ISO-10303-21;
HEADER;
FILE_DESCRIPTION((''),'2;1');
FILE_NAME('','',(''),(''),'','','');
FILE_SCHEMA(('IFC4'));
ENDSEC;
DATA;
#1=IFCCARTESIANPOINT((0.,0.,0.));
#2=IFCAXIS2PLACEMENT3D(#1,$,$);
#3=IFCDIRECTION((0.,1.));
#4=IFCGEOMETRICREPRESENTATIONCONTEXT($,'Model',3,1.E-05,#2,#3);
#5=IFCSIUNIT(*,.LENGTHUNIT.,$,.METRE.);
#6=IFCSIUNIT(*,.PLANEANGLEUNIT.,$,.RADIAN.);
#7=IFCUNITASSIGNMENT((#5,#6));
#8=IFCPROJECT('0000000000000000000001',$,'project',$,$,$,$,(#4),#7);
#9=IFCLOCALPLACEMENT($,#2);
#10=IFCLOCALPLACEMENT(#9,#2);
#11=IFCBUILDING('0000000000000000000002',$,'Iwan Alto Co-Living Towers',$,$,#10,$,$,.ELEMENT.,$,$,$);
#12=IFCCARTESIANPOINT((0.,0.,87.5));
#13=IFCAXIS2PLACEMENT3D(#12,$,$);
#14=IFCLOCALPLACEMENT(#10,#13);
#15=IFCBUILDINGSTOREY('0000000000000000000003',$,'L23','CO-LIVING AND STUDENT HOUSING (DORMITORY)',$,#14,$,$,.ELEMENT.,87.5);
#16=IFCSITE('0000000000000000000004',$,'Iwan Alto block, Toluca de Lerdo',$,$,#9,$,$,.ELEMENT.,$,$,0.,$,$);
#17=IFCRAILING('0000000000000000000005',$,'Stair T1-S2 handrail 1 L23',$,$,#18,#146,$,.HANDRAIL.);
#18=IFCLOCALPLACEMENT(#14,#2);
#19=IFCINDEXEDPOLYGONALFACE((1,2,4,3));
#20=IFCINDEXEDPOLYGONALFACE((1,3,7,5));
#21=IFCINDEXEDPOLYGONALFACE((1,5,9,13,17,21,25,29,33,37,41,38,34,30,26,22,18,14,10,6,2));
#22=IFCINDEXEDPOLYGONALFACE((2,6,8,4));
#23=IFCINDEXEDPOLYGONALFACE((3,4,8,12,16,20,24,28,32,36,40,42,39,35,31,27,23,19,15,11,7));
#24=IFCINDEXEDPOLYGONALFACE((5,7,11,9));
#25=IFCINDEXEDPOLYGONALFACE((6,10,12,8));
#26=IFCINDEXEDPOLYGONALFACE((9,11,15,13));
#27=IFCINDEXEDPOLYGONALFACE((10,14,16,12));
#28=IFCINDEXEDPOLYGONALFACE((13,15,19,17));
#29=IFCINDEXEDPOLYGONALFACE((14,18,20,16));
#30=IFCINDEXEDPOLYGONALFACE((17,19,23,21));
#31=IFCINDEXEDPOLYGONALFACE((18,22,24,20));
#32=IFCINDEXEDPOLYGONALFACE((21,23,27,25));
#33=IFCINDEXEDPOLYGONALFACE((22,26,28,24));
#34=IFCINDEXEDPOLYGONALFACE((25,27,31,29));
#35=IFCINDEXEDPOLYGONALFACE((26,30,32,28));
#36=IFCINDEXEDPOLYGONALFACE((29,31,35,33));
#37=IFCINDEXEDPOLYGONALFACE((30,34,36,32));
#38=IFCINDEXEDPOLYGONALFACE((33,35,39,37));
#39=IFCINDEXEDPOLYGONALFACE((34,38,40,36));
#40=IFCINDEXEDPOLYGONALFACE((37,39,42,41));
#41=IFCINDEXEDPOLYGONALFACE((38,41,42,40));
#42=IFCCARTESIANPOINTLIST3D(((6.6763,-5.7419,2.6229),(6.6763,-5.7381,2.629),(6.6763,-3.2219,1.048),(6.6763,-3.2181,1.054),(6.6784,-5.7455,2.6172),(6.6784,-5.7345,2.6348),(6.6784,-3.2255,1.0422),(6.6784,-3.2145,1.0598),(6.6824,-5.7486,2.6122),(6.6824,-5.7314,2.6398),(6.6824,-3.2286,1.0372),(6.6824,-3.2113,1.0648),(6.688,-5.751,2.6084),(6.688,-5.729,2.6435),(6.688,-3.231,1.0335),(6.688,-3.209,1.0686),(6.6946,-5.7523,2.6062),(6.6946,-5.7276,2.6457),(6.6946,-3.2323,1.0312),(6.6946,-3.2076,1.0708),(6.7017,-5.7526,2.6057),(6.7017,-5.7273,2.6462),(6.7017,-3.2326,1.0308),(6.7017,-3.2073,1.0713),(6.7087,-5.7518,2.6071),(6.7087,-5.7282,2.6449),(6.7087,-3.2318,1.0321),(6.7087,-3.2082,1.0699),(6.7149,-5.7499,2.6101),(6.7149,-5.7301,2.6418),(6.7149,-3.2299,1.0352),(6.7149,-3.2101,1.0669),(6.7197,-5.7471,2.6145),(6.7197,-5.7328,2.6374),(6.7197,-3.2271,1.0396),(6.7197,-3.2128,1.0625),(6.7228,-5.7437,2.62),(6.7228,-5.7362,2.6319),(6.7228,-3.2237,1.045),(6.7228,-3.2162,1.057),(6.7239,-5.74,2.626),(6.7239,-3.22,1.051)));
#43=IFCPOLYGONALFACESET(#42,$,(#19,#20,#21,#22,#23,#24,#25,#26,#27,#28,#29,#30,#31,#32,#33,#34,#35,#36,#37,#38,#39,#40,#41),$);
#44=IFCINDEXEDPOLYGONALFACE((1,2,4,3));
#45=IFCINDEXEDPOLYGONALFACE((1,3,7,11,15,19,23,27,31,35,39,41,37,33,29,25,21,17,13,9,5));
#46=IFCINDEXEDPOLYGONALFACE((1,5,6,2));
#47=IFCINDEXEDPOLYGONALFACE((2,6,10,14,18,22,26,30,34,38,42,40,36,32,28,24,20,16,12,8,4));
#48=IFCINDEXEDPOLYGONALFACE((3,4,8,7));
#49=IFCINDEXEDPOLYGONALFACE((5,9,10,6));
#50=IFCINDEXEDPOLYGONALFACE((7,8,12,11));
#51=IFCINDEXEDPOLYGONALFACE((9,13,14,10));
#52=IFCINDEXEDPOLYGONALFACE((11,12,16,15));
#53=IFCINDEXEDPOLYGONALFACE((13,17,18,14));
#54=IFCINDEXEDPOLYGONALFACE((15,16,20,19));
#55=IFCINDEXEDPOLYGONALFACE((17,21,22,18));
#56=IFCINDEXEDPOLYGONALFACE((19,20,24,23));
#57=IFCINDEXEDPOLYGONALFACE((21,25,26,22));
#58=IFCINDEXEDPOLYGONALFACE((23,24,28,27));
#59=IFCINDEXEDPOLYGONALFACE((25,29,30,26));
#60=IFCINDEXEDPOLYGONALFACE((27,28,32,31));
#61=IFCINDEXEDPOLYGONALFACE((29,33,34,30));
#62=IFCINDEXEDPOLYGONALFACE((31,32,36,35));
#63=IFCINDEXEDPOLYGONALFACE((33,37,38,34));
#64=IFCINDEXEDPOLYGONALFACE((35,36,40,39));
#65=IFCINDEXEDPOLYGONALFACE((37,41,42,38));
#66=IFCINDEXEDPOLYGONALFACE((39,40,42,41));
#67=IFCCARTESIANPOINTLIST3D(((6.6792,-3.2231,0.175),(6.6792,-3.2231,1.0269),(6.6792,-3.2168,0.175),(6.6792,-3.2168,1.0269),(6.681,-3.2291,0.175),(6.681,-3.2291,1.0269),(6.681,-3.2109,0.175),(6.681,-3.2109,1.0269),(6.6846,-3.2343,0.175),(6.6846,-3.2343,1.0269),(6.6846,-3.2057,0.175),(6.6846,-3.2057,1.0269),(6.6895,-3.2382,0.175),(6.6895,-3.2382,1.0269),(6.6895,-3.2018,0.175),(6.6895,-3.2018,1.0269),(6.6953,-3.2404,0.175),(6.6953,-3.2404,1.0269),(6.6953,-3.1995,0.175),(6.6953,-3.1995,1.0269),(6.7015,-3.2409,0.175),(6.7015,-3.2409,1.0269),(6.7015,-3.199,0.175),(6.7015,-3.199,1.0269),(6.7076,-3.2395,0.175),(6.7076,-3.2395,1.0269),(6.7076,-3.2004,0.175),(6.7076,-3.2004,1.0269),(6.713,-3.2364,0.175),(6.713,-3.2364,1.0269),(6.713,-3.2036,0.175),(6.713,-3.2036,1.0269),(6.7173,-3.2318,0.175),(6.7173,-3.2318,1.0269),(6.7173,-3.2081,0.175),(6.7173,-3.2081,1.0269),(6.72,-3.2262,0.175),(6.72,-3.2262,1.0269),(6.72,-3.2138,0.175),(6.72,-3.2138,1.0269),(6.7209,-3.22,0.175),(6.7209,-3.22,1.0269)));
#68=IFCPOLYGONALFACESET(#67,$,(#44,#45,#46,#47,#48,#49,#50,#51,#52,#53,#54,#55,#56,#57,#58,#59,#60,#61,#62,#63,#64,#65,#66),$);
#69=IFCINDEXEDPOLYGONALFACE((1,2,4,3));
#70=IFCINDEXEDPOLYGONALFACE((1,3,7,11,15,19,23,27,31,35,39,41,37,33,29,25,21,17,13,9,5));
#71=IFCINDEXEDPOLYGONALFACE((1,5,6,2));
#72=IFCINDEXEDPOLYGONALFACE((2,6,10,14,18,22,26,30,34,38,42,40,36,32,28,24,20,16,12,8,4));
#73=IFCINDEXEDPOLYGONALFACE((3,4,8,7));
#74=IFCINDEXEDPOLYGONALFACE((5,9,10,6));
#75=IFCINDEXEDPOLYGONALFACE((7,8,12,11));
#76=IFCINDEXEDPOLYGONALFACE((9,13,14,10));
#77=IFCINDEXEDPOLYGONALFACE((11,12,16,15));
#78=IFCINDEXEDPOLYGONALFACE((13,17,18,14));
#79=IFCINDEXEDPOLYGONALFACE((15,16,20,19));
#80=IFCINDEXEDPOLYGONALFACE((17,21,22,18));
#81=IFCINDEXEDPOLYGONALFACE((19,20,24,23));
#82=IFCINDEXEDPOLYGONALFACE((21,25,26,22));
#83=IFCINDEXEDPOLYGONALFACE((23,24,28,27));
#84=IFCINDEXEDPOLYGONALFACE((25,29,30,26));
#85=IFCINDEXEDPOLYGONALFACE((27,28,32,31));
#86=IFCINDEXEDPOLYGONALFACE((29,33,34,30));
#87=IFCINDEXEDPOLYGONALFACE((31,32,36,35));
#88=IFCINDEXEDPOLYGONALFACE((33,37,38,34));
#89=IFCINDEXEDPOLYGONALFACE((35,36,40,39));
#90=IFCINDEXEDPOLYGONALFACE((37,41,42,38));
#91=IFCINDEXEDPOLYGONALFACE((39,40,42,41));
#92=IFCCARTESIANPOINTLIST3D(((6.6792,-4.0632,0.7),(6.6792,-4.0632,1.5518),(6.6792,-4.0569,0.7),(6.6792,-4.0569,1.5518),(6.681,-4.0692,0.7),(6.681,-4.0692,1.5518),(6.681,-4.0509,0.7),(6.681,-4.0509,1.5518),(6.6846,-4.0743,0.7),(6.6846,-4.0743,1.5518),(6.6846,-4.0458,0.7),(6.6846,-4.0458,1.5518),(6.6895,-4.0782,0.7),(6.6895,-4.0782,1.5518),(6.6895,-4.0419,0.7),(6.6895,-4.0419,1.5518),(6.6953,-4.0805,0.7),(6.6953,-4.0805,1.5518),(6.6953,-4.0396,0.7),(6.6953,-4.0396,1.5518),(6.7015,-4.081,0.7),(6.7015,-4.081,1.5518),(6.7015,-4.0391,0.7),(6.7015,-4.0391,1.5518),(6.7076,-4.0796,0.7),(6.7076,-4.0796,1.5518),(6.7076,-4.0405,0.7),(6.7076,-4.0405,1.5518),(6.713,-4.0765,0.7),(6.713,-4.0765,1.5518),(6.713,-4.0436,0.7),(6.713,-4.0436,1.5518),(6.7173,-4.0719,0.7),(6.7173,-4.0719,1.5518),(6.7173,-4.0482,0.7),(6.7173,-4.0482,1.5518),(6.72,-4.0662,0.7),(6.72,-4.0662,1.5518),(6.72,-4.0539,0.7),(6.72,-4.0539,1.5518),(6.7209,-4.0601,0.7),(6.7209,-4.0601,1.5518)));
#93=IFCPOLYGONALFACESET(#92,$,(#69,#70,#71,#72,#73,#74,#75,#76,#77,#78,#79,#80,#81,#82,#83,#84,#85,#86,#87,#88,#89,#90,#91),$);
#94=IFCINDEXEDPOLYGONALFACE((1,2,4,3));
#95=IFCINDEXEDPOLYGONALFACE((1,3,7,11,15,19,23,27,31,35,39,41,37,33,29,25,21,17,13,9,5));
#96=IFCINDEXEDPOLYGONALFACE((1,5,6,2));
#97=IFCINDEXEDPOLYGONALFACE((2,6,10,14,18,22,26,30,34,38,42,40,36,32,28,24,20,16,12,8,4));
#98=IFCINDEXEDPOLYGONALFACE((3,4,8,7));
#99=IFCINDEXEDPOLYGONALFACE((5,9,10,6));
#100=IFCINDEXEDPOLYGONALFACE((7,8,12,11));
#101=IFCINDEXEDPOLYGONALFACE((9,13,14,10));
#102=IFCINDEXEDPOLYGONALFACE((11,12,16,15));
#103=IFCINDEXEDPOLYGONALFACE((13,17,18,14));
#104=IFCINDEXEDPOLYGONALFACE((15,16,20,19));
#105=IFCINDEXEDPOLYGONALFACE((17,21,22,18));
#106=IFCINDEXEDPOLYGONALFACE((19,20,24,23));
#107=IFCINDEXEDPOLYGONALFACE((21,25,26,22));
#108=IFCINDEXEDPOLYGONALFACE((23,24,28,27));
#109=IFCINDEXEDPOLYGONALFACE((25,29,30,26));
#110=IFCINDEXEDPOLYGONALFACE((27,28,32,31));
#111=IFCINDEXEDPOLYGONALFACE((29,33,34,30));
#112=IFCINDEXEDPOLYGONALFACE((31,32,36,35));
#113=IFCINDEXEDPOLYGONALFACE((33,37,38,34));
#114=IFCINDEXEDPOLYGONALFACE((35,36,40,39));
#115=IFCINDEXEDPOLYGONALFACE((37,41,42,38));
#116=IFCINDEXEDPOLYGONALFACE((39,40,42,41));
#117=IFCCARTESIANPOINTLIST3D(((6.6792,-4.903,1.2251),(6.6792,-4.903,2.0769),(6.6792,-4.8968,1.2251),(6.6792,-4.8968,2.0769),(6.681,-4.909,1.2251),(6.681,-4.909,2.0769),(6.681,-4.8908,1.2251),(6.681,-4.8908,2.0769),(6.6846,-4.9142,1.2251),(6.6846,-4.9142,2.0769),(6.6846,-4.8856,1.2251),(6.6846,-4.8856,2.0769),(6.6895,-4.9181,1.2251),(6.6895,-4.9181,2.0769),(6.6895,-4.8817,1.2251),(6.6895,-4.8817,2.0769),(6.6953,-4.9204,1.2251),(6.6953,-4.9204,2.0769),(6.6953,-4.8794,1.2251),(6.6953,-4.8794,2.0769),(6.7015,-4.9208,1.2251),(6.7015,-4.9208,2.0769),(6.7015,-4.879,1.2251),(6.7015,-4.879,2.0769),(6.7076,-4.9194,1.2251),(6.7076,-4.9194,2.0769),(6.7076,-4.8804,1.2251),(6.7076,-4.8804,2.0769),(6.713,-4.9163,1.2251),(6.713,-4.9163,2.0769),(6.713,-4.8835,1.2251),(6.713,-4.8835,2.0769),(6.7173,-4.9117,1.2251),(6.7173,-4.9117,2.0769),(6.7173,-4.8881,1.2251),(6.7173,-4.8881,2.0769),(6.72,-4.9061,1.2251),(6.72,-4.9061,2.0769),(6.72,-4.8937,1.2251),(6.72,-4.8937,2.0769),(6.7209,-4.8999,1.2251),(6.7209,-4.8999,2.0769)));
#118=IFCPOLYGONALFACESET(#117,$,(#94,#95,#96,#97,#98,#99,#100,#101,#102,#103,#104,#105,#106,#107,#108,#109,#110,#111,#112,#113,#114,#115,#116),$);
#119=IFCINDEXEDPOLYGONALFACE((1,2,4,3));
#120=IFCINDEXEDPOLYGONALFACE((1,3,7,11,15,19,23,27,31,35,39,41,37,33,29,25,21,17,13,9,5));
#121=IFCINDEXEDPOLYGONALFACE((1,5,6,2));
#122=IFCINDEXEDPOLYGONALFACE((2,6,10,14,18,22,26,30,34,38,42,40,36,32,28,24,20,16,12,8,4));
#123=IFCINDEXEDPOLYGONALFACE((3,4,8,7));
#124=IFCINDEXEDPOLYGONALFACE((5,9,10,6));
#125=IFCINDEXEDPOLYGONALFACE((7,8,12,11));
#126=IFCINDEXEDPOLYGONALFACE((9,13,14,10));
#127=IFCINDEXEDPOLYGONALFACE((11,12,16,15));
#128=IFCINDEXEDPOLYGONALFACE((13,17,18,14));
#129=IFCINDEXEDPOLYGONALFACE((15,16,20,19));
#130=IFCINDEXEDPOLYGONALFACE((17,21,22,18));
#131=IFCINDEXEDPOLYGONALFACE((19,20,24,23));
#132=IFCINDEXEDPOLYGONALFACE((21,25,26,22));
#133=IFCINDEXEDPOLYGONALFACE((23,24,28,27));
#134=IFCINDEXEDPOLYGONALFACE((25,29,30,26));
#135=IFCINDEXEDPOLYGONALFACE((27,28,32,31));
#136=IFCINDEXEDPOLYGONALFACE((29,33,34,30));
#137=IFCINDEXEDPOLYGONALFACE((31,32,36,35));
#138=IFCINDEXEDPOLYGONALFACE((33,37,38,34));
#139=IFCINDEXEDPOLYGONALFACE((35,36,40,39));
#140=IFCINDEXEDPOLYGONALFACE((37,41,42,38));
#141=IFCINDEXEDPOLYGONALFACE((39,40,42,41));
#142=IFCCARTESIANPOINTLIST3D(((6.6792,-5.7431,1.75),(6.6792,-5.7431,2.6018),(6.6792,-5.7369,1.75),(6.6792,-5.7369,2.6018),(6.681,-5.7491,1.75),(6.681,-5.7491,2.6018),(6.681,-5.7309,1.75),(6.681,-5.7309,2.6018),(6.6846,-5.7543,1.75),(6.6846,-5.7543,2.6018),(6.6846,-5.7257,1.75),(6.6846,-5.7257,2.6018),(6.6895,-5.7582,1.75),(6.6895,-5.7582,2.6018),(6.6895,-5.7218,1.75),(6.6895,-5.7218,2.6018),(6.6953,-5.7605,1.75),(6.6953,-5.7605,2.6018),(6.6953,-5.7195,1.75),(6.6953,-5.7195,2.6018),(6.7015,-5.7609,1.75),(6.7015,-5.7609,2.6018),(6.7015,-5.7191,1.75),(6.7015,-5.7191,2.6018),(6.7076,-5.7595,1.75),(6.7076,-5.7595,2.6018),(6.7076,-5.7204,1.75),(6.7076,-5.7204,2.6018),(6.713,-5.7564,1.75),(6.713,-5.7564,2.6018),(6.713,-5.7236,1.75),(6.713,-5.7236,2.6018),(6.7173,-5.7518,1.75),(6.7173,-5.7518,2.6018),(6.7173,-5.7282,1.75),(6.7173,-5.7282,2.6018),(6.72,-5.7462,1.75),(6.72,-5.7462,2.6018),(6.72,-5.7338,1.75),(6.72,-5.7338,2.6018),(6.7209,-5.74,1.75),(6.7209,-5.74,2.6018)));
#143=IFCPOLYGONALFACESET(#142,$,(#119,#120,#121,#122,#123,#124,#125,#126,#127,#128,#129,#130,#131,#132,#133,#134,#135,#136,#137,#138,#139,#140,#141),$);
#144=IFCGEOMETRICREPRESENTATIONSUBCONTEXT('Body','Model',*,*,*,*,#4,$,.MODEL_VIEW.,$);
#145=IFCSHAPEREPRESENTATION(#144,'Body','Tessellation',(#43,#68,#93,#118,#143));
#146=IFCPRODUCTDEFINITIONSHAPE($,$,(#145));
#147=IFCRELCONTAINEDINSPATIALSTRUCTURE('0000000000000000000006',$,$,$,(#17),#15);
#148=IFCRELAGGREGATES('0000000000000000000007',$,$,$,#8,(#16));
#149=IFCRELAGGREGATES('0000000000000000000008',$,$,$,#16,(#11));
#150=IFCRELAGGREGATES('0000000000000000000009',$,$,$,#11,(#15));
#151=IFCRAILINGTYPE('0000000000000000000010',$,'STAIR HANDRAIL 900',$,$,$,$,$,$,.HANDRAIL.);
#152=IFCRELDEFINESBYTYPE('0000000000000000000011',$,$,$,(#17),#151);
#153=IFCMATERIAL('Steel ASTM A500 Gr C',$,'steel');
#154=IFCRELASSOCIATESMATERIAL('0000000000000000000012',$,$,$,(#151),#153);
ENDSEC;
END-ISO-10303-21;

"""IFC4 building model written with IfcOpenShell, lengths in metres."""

from ifc_helpers import new_model, si_unit, direction, frame, origin, origin_2d, place, context, subcontext, project, spatial, circle, extrude, material, type_object, element, save


model = new_model("IFC4")

# Units and contexts
model_context = context("Model", 3, precision=1e-05, world=origin(), true_north=direction((0.0, 1.0)))
body_context = subcontext(model_context, "Body", "Model", "MODEL_VIEW")
ifc_project = project(units=[si_unit("LENGTHUNIT", "METRE"), si_unit("PLANEANGLEUNIT", "RADIAN")], contexts=[model_context])

# Site, building, storey
site_placement = place(None, origin())
site = spatial("IfcSite", under=ifc_project, at=site_placement, Name="Iwan Alto block, Toluca de Lerdo", CompositionType="ELEMENT", RefElevation=0.0)
building_placement = place(site_placement, origin())
building = spatial("IfcBuilding", under=site, at=building_placement, Name="Iwan Alto Co-Living Towers", CompositionType="ELEMENT")
storey_placement = place(building_placement, frame((0.0, 0.0, 87.5)))
storey = spatial("IfcBuildingStorey", under=building, at=storey_placement, Name="L23", Description="CO-LIVING AND STUDENT HOUSING (DORMITORY)", CompositionType="ELEMENT", Elevation=87.5)

# Railing
ifc_material_1 = material(Name="Steel ASTM A500 Gr C", Category="steel")
railing_type_1 = type_object("IfcRailingType", Name="STAIR HANDRAIL 900", PredefinedType="HANDRAIL", material=ifc_material_1)
railing_1_placement = place(storey_placement, frame((6.7, -3.22, 0.175)))
element("IfcRailing", 1, at=railing_1_placement, inside=storey, type_object=railing_type_1, Name="Stair T1-S2 handrail 1 L23", PredefinedType="HANDRAIL", context=body_context, shape_type="SweptSolid", body=[
    extrude(circle(Radius=0.0239, at=origin_2d()), frame((0.0, 0.0, 0.876), z_axis=(0.0, -0.848008, 0.529984), x_axis=(1.0, 0.0, 0.0)), (0.0, 0.0, 1.0), 2.9717),
    extrude(circle(Radius=0.021, at=origin_2d()), origin(), (0.0, 0.0, 1.0), 0.8518),
    extrude(circle(Radius=0.021, at=origin_2d()), frame((0.0, -0.8401, 0.5249)), (0.0, 0.0, 1.0), 0.8518),
    extrude(circle(Radius=0.021, at=origin_2d()), frame((0.0, -1.6799, 1.05)), (0.0, 0.0, 1.0), 0.8518),
    extrude(circle(Radius=0.021, at=origin_2d()), frame((0.0, -2.52, 1.575)), (0.0, 0.0, 1.0), 0.8518),
])

save(model, "model.ifc")
